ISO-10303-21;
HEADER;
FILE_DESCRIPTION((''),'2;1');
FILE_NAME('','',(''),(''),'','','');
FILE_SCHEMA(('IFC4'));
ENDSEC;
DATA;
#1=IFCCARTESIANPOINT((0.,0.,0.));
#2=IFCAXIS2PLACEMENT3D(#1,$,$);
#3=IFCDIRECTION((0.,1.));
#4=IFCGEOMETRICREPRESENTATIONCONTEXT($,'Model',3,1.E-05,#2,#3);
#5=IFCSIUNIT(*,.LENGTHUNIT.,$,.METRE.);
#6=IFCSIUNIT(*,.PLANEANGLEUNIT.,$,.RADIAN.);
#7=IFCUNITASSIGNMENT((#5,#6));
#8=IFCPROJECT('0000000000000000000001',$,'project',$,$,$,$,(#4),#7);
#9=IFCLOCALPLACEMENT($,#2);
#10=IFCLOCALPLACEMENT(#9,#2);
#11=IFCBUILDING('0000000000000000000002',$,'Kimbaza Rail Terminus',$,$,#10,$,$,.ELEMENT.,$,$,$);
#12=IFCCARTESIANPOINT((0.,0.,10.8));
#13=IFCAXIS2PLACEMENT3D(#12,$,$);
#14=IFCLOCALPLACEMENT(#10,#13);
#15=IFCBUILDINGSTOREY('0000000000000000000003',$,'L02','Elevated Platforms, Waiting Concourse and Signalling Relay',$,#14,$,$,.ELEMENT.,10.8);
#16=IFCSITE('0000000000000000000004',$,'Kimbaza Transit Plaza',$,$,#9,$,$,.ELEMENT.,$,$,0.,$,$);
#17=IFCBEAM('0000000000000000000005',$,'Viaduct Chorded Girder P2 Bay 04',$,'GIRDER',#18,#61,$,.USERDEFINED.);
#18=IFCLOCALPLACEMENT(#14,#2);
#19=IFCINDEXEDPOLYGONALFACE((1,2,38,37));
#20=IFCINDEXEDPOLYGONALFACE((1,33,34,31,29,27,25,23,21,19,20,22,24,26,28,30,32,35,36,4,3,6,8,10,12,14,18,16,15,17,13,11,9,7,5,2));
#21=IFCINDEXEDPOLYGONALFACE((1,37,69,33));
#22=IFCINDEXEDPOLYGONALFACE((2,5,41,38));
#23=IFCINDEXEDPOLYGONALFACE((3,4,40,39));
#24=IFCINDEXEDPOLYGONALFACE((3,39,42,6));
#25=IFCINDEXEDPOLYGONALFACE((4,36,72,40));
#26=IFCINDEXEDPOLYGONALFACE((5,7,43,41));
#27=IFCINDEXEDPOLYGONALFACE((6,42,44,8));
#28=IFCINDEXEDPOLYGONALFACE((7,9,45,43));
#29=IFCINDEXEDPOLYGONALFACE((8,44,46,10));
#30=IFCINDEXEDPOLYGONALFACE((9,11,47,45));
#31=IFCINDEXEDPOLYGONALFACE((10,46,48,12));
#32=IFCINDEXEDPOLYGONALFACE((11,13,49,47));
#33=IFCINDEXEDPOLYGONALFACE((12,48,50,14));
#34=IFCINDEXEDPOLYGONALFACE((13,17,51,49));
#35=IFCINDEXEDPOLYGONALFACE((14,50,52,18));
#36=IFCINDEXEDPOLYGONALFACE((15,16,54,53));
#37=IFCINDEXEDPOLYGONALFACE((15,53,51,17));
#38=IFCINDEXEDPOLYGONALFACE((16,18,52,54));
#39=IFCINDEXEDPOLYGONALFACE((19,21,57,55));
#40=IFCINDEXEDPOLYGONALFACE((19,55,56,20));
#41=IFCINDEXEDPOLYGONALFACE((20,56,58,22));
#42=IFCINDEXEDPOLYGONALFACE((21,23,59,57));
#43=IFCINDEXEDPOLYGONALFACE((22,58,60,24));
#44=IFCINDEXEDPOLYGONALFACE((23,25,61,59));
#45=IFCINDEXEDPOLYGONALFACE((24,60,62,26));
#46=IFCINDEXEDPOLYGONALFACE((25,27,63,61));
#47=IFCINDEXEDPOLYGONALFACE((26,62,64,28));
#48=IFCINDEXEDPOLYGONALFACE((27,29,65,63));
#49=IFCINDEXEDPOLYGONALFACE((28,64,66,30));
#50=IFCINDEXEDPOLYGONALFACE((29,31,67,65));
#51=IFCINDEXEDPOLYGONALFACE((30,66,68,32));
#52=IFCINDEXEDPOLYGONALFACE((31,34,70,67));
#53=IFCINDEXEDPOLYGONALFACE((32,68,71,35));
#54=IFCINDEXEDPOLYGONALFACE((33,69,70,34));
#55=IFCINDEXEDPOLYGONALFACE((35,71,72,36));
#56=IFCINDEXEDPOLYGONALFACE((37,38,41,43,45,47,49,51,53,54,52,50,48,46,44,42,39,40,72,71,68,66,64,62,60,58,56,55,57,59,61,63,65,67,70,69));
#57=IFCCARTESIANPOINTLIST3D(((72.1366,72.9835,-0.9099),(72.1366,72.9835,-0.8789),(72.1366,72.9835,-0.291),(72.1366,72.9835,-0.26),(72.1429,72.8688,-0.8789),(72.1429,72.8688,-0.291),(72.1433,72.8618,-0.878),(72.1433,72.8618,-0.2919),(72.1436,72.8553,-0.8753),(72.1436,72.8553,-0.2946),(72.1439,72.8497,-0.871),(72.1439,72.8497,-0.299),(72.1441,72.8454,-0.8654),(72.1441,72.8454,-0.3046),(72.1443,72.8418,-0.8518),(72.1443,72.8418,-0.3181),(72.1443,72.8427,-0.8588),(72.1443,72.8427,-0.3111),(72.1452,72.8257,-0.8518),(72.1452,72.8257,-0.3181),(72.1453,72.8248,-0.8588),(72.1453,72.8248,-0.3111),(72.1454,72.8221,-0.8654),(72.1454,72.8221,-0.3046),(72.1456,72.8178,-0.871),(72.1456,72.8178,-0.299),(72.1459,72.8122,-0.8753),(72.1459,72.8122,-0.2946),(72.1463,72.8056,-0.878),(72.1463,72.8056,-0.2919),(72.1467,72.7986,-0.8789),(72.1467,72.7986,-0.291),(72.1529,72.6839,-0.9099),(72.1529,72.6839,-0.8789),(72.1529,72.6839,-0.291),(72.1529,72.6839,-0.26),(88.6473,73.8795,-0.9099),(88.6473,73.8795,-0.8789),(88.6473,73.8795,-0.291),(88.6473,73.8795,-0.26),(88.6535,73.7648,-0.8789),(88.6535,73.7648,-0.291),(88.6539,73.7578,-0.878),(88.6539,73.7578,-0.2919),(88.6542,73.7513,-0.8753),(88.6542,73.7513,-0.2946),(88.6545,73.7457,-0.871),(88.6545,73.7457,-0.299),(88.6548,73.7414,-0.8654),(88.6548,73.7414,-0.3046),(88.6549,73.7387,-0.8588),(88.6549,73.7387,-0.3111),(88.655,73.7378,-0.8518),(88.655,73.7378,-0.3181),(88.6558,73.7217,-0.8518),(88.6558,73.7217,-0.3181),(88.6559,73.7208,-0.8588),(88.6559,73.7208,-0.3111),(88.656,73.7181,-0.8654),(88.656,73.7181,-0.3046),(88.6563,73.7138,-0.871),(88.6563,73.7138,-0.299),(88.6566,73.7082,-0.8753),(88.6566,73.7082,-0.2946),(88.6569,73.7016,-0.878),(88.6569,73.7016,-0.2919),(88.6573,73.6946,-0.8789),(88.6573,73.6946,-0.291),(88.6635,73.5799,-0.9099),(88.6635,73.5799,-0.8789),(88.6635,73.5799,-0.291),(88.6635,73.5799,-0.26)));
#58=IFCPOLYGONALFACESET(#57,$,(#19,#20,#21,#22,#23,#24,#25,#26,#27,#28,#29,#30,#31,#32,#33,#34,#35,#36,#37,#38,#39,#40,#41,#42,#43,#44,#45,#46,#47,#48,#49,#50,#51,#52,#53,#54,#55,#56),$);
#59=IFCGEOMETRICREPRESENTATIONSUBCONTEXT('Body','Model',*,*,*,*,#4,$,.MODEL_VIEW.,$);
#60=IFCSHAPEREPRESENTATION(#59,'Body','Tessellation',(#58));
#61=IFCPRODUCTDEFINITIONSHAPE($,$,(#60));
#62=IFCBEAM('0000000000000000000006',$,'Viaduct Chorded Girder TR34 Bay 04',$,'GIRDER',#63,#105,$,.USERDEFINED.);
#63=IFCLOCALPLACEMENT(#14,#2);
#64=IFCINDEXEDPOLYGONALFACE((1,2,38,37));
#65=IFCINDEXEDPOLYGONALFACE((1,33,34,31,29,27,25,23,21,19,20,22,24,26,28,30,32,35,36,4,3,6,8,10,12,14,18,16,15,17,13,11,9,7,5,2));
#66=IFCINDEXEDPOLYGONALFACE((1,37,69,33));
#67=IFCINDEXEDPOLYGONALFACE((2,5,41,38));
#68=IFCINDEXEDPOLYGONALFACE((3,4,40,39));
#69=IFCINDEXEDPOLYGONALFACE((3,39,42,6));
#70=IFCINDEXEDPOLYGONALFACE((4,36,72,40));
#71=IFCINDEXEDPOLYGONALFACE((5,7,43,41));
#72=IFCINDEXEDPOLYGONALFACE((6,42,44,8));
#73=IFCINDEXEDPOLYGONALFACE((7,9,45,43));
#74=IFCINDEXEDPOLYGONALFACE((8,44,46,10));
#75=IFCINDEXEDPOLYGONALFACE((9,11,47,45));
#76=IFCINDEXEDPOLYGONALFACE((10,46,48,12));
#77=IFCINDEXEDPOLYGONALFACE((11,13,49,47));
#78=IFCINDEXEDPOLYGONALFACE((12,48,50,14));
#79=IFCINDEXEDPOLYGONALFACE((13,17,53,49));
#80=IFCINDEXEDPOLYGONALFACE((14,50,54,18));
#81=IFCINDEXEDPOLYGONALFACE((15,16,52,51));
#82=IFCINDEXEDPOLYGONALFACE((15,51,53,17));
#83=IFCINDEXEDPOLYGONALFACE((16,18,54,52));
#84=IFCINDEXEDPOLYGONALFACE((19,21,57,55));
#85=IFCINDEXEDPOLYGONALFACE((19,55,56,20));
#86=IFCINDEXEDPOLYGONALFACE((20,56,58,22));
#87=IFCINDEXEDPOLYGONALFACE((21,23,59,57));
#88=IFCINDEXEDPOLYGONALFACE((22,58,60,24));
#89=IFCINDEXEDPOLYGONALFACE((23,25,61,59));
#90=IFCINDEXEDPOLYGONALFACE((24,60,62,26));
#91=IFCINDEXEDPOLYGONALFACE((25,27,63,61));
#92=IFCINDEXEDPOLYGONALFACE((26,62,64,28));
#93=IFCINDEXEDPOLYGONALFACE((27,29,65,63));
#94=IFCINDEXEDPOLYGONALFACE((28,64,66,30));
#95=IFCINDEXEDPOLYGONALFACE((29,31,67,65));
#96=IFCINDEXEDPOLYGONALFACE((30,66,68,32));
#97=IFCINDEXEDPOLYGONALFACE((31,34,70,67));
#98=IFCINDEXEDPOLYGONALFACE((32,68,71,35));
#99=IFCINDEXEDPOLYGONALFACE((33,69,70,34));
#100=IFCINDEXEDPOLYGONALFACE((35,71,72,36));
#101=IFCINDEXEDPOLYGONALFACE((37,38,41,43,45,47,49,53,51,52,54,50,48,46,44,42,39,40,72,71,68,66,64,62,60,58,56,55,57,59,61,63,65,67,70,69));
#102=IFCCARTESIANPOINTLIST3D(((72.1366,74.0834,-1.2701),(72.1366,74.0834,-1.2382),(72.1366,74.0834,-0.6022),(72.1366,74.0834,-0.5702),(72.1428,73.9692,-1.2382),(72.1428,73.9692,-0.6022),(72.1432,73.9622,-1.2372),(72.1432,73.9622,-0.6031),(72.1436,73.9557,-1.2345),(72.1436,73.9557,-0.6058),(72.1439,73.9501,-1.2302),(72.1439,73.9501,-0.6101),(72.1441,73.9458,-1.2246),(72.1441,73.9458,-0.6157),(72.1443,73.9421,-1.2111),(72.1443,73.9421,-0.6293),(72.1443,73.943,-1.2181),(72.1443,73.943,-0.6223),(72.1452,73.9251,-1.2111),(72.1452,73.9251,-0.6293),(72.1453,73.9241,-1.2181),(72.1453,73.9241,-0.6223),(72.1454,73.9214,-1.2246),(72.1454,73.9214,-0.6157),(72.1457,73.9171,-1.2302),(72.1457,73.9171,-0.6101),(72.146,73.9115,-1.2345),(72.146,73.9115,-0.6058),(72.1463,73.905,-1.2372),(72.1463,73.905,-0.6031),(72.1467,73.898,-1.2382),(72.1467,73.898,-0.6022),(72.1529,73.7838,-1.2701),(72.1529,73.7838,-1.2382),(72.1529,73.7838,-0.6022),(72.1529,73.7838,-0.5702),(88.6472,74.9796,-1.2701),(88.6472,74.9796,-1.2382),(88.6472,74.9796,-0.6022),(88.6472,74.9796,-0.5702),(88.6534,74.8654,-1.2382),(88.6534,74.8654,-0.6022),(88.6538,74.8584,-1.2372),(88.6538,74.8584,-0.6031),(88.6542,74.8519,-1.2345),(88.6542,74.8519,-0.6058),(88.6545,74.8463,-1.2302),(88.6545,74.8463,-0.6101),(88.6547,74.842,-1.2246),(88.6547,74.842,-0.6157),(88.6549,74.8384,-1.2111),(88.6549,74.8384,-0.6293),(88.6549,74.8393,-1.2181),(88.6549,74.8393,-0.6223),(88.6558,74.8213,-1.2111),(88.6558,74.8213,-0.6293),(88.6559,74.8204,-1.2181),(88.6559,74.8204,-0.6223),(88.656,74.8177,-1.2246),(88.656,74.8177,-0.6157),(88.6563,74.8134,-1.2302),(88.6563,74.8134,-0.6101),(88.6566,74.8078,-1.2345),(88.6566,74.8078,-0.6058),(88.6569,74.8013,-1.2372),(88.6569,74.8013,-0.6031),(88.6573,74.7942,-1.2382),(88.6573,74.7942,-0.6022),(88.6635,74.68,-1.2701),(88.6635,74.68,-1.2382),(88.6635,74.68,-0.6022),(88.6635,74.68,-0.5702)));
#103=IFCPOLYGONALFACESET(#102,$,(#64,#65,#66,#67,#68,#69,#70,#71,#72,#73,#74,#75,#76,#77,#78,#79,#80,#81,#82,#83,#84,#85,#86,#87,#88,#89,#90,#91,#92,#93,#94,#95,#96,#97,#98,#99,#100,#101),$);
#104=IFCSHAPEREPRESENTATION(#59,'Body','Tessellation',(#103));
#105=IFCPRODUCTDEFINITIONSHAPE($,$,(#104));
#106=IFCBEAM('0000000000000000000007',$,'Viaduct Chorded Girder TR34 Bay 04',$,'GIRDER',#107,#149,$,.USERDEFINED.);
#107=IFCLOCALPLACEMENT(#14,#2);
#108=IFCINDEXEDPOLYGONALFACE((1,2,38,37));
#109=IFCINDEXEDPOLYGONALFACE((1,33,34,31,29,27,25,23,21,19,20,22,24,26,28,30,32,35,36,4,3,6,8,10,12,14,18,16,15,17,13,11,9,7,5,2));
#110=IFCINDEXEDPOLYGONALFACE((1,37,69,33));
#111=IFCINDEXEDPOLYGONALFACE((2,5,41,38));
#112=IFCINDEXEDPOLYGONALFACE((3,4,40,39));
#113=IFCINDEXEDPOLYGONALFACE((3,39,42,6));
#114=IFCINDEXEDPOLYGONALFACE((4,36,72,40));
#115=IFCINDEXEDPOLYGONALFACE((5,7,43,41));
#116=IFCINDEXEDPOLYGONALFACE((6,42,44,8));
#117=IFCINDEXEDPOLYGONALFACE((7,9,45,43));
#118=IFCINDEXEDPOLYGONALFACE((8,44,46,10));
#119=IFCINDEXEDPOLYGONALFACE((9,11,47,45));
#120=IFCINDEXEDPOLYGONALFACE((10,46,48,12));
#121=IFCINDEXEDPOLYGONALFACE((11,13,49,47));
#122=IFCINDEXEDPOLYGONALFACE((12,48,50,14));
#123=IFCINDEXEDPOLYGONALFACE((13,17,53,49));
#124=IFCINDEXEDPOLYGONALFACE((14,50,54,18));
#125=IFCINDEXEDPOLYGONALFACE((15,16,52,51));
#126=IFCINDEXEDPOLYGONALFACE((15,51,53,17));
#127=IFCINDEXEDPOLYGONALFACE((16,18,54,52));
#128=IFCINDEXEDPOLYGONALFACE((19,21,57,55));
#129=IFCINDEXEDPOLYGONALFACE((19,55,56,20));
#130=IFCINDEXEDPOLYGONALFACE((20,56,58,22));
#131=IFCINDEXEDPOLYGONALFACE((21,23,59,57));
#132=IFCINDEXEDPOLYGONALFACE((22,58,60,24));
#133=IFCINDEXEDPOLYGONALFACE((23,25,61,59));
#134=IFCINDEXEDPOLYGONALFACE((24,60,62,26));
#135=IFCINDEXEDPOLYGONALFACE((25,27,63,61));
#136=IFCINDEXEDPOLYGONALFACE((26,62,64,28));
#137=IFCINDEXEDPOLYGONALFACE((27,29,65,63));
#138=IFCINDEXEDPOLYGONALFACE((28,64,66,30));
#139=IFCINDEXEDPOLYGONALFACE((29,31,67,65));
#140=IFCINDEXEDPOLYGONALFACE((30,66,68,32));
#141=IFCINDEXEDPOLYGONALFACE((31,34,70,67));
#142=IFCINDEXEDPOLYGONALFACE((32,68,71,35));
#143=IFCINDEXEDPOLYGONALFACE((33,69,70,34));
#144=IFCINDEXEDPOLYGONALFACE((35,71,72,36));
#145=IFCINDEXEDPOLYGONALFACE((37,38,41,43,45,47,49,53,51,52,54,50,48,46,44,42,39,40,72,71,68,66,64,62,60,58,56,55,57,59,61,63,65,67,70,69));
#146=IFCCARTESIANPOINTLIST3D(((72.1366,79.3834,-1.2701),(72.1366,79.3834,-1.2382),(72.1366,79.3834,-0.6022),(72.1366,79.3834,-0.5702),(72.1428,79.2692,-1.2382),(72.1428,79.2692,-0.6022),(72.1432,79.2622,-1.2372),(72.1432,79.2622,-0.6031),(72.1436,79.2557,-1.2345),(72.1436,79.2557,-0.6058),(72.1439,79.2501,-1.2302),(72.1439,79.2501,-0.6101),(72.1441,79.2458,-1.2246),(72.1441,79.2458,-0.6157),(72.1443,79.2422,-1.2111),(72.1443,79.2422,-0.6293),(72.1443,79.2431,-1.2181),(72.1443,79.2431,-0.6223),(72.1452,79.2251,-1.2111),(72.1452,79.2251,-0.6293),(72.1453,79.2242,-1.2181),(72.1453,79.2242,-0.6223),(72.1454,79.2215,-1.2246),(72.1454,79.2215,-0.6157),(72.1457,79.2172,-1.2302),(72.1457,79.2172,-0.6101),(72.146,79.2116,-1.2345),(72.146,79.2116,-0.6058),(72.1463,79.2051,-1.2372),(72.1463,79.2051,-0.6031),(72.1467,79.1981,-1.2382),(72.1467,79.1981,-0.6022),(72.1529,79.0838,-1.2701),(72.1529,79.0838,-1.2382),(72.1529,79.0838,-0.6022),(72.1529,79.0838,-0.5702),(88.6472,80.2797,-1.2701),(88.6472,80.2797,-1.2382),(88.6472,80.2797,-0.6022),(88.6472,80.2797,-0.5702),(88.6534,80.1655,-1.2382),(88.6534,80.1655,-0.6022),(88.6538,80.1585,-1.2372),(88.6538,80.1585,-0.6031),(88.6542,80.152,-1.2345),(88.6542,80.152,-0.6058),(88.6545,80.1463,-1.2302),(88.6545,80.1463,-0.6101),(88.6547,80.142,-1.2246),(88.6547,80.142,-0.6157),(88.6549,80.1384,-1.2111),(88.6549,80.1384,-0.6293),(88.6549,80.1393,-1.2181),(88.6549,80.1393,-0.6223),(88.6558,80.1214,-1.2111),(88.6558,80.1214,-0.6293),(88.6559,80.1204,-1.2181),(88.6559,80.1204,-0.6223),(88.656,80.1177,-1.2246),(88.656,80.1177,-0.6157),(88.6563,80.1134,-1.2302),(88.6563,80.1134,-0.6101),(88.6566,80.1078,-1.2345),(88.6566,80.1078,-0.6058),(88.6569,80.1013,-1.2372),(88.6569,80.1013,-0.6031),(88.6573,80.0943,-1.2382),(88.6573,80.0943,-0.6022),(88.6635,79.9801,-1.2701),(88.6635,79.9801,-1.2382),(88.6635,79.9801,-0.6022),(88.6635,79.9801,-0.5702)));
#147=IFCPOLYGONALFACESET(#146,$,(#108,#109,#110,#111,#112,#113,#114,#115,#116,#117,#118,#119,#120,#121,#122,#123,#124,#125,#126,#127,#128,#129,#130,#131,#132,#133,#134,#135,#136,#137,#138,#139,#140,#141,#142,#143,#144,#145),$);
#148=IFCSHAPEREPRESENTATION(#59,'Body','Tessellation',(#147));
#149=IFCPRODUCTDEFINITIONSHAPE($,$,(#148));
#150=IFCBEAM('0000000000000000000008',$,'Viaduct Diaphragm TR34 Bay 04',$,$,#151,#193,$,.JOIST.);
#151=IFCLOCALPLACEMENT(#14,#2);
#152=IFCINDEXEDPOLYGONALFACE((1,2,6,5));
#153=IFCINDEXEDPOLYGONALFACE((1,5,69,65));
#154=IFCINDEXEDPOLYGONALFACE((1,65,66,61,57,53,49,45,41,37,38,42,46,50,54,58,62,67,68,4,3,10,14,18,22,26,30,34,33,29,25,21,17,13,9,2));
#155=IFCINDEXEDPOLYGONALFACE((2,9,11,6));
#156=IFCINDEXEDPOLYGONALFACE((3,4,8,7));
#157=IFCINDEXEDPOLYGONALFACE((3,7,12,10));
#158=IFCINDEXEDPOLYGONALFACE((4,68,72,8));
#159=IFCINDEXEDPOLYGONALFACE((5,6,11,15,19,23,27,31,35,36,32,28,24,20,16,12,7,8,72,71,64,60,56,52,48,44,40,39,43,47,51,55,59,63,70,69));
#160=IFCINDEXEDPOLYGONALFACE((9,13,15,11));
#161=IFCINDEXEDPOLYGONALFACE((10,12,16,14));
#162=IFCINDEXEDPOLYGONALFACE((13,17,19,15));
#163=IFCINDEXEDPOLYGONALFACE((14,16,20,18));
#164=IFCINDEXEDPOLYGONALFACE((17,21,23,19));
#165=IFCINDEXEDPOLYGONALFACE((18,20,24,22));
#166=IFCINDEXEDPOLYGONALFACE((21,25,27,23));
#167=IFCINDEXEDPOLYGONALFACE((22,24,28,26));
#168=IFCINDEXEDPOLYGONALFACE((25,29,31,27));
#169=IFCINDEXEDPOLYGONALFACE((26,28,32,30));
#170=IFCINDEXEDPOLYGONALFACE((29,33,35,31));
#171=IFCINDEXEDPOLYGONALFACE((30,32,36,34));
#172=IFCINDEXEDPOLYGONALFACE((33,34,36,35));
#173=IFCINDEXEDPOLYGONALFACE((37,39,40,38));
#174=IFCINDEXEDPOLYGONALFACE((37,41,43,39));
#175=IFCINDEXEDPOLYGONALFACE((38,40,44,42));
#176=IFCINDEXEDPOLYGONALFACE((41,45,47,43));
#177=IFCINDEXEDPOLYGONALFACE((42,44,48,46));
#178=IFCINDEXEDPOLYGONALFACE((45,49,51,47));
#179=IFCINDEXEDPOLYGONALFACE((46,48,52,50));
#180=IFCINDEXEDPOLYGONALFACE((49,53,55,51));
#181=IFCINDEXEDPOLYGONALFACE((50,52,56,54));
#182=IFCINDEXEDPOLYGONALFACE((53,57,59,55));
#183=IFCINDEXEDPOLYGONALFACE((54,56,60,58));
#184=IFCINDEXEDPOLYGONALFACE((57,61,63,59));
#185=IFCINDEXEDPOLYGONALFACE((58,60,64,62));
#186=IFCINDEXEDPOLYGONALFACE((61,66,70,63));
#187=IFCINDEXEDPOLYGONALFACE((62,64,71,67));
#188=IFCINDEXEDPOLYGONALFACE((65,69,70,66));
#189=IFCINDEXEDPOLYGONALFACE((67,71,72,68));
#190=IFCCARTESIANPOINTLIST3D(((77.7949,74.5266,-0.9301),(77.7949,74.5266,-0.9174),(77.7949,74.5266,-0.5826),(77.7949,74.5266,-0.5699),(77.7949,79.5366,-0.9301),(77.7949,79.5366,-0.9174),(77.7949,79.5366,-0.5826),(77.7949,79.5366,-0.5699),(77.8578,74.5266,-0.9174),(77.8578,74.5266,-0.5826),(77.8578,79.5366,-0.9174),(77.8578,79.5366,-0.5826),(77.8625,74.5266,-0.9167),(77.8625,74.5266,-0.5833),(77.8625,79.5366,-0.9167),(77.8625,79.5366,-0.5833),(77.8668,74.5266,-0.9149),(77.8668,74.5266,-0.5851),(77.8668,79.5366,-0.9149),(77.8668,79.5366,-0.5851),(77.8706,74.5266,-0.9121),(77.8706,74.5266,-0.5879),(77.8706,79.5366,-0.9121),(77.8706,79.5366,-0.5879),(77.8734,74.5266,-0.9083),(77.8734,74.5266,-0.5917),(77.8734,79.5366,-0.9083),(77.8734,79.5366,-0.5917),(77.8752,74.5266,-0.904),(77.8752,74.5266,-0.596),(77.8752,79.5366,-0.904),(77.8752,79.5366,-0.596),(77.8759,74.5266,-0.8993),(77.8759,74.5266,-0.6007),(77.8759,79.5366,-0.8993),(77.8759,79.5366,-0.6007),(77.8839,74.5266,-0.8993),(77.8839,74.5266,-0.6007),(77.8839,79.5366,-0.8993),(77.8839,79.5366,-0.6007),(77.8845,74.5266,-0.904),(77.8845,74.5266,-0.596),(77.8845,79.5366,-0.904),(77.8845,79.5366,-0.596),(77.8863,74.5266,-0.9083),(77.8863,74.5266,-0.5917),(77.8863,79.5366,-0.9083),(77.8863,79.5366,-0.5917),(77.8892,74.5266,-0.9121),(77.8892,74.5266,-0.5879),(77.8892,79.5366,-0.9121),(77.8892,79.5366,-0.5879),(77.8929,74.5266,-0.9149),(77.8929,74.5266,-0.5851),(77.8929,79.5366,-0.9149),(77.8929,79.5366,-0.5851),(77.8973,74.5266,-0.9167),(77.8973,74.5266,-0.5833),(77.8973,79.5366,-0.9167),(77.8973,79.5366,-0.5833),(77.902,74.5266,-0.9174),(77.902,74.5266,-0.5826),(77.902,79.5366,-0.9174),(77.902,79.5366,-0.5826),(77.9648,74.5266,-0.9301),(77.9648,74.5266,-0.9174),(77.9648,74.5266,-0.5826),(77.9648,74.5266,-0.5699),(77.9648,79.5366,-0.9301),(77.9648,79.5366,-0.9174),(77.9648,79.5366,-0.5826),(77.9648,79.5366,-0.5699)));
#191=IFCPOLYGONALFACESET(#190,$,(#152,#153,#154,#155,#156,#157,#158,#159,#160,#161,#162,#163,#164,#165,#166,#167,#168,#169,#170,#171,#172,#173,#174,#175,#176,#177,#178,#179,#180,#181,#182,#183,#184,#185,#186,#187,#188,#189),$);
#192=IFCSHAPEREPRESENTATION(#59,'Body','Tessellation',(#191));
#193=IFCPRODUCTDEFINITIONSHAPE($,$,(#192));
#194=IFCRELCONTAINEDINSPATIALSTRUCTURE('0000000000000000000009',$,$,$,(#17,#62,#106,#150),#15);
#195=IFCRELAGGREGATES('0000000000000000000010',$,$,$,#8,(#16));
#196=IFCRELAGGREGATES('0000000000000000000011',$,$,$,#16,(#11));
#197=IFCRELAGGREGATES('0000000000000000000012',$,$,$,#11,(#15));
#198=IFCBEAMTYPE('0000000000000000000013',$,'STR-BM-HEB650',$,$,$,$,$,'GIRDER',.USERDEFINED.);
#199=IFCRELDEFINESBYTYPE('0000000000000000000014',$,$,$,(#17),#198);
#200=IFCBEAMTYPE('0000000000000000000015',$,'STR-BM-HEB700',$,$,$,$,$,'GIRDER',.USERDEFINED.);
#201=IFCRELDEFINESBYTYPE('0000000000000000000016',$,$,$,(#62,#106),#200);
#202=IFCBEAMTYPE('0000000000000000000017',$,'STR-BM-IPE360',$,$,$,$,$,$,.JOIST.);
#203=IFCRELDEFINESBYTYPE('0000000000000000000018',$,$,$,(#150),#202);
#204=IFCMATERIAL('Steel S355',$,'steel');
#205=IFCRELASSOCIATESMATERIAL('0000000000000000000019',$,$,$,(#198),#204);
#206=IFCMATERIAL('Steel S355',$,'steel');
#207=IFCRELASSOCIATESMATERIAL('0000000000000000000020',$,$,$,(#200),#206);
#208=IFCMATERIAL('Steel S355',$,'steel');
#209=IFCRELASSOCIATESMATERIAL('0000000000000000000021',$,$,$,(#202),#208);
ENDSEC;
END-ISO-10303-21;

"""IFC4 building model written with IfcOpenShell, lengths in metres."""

from ifc_helpers import new_model, si_unit, direction, frame, origin, origin_2d, place, context, subcontext, project, spatial, i_section, extrude, material, material_profile, profile_set, type_object, element, save


model = new_model("IFC4")

# Units and contexts
model_context = context("Model", 3, precision=1e-05, world=origin(), true_north=direction((0.0, 1.0)))
body_context = subcontext(model_context, "Body", "Model", "MODEL_VIEW")
ifc_project = project(units=[si_unit("LENGTHUNIT", "METRE"), si_unit("PLANEANGLEUNIT", "RADIAN")], contexts=[model_context])

# Site, building, storey
site_placement = place(None, origin())
site = spatial("IfcSite", under=ifc_project, at=site_placement, Name="Kimbaza Transit Plaza", CompositionType="ELEMENT", RefElevation=0.0)
building_placement = place(site_placement, origin())
building = spatial("IfcBuilding", under=site, at=building_placement, Name="Kimbaza Rail Terminus", CompositionType="ELEMENT")
storey_placement = place(building_placement, frame((0.0, 0.0, 10.8)))
storey = spatial("IfcBuildingStorey", under=building, at=storey_placement, Name="L02", Description="Elevated Platforms, Waiting Concourse and Signalling Relay", CompositionType="ELEMENT", Elevation=10.8)

# Beams
ifc_material_1 = material(Name="Steel S355", Category="steel")
ifc_material_profile_1 = material_profile(ifc_material_1, i_section(OverallWidth=0.3, OverallDepth=0.6499, WebThickness=0.0161, FlangeThickness=0.031, FilletRadius=0.0271, at=origin_2d()), Name="HEB 650")
ifc_profile_set_1 = profile_set([ifc_material_profile_1], Name="Steel S355")
beam_type_1 = type_object("IfcBeamType", Name="STR-BM-HEB650", ElementType="GIRDER", PredefinedType="USERDEFINED", material=ifc_profile_set_1)
beam_1_placement = place(storey_placement, frame((72.1448, 72.8337, -0.585), z_axis=(0.998531, 0.054189, 0.0), x_axis=(-0.054189, 0.998531, 0.0)))
element("IfcBeam", 1, at=beam_1_placement, inside=storey, type_object=beam_type_1, Name="Viaduct Chorded Girder P2 Bay 04", ObjectType="GIRDER", PredefinedType="USERDEFINED", context=body_context, shape_type="SweptSolid", body=[
    extrude(i_section(OverallWidth=0.3, OverallDepth=0.6499, WebThickness=0.0161, FlangeThickness=0.031, FilletRadius=0.0271, at=origin_2d()), origin(), (0.0, 0.0, 1.0), 16.5349),
])
ifc_material_2 = material(Name="Steel S355", Category="steel")
ifc_material_profile_2 = material_profile(ifc_material_2, i_section(OverallWidth=0.3, OverallDepth=0.7, WebThickness=0.0171, FlangeThickness=0.032, FilletRadius=0.0271, at=origin_2d()), Name="HEB 700")
ifc_profile_set_2 = profile_set([ifc_material_profile_2], Name="Steel S355")
beam_type_2 = type_object("IfcBeamType", Name="STR-BM-HEB700", ElementType="GIRDER", PredefinedType="USERDEFINED", material=ifc_profile_set_2)
for number, where, z_axis, x_axis, name in (
    (2, (72.1448, 73.9336, -0.9202), (0.99853, 0.054203, 0.0), (-0.054203, 0.99853, 0.0), "Viaduct Chorded Girder TR34 Bay 04"),
    (3, (72.1448, 79.2336, -0.9202), (0.99853, 0.054203, 0.0), (-0.054203, 0.99853, 0.0), "Viaduct Chorded Girder TR34 Bay 04"),
):
    element("IfcBeam", number, at=place(storey_placement, frame(where, z_axis=z_axis, x_axis=x_axis)), inside=storey, type_object=beam_type_2, Name=name, ObjectType="GIRDER", PredefinedType="USERDEFINED", context=body_context, shape_type="SweptSolid", body=[
        extrude(i_section(OverallWidth=0.3, OverallDepth=0.7, WebThickness=0.0171, FlangeThickness=0.032, FilletRadius=0.0271, at=origin_2d()), origin(), (0.0, 0.0, 1.0), 16.5349),
    ])
ifc_material_3 = material(Name="Steel S355", Category="steel")
ifc_material_profile_3 = material_profile(ifc_material_3, i_section(OverallWidth=0.1699, OverallDepth=0.3601, WebThickness=0.0081, FlangeThickness=0.0127, FilletRadius=0.0181, at=origin_2d()), Name="IPE 360")
ifc_profile_set_3 = profile_set([ifc_material_profile_3], Name="Steel S355")
beam_type_3 = type_object("IfcBeamType", Name="STR-BM-IPE360", PredefinedType="JOIST", material=ifc_profile_set_3)
beam_2_placement = place(storey_placement, frame((77.8799, 74.5266, -0.75), z_axis=(0.0, 1.0, 0.0), x_axis=(-1.0, 0.0, 0.0)))
element("IfcBeam", 4, at=beam_2_placement, inside=storey, type_object=beam_type_3, Name="Viaduct Diaphragm TR34 Bay 04", PredefinedType="JOIST", context=body_context, shape_type="SweptSolid", body=[
    extrude(i_section(OverallWidth=0.1699, OverallDepth=0.3601, WebThickness=0.0081, FlangeThickness=0.0127, FilletRadius=0.0181, at=origin_2d()), origin(), (0.0, 0.0, 1.0), 5.01),
])

save(model, "model.ifc")
